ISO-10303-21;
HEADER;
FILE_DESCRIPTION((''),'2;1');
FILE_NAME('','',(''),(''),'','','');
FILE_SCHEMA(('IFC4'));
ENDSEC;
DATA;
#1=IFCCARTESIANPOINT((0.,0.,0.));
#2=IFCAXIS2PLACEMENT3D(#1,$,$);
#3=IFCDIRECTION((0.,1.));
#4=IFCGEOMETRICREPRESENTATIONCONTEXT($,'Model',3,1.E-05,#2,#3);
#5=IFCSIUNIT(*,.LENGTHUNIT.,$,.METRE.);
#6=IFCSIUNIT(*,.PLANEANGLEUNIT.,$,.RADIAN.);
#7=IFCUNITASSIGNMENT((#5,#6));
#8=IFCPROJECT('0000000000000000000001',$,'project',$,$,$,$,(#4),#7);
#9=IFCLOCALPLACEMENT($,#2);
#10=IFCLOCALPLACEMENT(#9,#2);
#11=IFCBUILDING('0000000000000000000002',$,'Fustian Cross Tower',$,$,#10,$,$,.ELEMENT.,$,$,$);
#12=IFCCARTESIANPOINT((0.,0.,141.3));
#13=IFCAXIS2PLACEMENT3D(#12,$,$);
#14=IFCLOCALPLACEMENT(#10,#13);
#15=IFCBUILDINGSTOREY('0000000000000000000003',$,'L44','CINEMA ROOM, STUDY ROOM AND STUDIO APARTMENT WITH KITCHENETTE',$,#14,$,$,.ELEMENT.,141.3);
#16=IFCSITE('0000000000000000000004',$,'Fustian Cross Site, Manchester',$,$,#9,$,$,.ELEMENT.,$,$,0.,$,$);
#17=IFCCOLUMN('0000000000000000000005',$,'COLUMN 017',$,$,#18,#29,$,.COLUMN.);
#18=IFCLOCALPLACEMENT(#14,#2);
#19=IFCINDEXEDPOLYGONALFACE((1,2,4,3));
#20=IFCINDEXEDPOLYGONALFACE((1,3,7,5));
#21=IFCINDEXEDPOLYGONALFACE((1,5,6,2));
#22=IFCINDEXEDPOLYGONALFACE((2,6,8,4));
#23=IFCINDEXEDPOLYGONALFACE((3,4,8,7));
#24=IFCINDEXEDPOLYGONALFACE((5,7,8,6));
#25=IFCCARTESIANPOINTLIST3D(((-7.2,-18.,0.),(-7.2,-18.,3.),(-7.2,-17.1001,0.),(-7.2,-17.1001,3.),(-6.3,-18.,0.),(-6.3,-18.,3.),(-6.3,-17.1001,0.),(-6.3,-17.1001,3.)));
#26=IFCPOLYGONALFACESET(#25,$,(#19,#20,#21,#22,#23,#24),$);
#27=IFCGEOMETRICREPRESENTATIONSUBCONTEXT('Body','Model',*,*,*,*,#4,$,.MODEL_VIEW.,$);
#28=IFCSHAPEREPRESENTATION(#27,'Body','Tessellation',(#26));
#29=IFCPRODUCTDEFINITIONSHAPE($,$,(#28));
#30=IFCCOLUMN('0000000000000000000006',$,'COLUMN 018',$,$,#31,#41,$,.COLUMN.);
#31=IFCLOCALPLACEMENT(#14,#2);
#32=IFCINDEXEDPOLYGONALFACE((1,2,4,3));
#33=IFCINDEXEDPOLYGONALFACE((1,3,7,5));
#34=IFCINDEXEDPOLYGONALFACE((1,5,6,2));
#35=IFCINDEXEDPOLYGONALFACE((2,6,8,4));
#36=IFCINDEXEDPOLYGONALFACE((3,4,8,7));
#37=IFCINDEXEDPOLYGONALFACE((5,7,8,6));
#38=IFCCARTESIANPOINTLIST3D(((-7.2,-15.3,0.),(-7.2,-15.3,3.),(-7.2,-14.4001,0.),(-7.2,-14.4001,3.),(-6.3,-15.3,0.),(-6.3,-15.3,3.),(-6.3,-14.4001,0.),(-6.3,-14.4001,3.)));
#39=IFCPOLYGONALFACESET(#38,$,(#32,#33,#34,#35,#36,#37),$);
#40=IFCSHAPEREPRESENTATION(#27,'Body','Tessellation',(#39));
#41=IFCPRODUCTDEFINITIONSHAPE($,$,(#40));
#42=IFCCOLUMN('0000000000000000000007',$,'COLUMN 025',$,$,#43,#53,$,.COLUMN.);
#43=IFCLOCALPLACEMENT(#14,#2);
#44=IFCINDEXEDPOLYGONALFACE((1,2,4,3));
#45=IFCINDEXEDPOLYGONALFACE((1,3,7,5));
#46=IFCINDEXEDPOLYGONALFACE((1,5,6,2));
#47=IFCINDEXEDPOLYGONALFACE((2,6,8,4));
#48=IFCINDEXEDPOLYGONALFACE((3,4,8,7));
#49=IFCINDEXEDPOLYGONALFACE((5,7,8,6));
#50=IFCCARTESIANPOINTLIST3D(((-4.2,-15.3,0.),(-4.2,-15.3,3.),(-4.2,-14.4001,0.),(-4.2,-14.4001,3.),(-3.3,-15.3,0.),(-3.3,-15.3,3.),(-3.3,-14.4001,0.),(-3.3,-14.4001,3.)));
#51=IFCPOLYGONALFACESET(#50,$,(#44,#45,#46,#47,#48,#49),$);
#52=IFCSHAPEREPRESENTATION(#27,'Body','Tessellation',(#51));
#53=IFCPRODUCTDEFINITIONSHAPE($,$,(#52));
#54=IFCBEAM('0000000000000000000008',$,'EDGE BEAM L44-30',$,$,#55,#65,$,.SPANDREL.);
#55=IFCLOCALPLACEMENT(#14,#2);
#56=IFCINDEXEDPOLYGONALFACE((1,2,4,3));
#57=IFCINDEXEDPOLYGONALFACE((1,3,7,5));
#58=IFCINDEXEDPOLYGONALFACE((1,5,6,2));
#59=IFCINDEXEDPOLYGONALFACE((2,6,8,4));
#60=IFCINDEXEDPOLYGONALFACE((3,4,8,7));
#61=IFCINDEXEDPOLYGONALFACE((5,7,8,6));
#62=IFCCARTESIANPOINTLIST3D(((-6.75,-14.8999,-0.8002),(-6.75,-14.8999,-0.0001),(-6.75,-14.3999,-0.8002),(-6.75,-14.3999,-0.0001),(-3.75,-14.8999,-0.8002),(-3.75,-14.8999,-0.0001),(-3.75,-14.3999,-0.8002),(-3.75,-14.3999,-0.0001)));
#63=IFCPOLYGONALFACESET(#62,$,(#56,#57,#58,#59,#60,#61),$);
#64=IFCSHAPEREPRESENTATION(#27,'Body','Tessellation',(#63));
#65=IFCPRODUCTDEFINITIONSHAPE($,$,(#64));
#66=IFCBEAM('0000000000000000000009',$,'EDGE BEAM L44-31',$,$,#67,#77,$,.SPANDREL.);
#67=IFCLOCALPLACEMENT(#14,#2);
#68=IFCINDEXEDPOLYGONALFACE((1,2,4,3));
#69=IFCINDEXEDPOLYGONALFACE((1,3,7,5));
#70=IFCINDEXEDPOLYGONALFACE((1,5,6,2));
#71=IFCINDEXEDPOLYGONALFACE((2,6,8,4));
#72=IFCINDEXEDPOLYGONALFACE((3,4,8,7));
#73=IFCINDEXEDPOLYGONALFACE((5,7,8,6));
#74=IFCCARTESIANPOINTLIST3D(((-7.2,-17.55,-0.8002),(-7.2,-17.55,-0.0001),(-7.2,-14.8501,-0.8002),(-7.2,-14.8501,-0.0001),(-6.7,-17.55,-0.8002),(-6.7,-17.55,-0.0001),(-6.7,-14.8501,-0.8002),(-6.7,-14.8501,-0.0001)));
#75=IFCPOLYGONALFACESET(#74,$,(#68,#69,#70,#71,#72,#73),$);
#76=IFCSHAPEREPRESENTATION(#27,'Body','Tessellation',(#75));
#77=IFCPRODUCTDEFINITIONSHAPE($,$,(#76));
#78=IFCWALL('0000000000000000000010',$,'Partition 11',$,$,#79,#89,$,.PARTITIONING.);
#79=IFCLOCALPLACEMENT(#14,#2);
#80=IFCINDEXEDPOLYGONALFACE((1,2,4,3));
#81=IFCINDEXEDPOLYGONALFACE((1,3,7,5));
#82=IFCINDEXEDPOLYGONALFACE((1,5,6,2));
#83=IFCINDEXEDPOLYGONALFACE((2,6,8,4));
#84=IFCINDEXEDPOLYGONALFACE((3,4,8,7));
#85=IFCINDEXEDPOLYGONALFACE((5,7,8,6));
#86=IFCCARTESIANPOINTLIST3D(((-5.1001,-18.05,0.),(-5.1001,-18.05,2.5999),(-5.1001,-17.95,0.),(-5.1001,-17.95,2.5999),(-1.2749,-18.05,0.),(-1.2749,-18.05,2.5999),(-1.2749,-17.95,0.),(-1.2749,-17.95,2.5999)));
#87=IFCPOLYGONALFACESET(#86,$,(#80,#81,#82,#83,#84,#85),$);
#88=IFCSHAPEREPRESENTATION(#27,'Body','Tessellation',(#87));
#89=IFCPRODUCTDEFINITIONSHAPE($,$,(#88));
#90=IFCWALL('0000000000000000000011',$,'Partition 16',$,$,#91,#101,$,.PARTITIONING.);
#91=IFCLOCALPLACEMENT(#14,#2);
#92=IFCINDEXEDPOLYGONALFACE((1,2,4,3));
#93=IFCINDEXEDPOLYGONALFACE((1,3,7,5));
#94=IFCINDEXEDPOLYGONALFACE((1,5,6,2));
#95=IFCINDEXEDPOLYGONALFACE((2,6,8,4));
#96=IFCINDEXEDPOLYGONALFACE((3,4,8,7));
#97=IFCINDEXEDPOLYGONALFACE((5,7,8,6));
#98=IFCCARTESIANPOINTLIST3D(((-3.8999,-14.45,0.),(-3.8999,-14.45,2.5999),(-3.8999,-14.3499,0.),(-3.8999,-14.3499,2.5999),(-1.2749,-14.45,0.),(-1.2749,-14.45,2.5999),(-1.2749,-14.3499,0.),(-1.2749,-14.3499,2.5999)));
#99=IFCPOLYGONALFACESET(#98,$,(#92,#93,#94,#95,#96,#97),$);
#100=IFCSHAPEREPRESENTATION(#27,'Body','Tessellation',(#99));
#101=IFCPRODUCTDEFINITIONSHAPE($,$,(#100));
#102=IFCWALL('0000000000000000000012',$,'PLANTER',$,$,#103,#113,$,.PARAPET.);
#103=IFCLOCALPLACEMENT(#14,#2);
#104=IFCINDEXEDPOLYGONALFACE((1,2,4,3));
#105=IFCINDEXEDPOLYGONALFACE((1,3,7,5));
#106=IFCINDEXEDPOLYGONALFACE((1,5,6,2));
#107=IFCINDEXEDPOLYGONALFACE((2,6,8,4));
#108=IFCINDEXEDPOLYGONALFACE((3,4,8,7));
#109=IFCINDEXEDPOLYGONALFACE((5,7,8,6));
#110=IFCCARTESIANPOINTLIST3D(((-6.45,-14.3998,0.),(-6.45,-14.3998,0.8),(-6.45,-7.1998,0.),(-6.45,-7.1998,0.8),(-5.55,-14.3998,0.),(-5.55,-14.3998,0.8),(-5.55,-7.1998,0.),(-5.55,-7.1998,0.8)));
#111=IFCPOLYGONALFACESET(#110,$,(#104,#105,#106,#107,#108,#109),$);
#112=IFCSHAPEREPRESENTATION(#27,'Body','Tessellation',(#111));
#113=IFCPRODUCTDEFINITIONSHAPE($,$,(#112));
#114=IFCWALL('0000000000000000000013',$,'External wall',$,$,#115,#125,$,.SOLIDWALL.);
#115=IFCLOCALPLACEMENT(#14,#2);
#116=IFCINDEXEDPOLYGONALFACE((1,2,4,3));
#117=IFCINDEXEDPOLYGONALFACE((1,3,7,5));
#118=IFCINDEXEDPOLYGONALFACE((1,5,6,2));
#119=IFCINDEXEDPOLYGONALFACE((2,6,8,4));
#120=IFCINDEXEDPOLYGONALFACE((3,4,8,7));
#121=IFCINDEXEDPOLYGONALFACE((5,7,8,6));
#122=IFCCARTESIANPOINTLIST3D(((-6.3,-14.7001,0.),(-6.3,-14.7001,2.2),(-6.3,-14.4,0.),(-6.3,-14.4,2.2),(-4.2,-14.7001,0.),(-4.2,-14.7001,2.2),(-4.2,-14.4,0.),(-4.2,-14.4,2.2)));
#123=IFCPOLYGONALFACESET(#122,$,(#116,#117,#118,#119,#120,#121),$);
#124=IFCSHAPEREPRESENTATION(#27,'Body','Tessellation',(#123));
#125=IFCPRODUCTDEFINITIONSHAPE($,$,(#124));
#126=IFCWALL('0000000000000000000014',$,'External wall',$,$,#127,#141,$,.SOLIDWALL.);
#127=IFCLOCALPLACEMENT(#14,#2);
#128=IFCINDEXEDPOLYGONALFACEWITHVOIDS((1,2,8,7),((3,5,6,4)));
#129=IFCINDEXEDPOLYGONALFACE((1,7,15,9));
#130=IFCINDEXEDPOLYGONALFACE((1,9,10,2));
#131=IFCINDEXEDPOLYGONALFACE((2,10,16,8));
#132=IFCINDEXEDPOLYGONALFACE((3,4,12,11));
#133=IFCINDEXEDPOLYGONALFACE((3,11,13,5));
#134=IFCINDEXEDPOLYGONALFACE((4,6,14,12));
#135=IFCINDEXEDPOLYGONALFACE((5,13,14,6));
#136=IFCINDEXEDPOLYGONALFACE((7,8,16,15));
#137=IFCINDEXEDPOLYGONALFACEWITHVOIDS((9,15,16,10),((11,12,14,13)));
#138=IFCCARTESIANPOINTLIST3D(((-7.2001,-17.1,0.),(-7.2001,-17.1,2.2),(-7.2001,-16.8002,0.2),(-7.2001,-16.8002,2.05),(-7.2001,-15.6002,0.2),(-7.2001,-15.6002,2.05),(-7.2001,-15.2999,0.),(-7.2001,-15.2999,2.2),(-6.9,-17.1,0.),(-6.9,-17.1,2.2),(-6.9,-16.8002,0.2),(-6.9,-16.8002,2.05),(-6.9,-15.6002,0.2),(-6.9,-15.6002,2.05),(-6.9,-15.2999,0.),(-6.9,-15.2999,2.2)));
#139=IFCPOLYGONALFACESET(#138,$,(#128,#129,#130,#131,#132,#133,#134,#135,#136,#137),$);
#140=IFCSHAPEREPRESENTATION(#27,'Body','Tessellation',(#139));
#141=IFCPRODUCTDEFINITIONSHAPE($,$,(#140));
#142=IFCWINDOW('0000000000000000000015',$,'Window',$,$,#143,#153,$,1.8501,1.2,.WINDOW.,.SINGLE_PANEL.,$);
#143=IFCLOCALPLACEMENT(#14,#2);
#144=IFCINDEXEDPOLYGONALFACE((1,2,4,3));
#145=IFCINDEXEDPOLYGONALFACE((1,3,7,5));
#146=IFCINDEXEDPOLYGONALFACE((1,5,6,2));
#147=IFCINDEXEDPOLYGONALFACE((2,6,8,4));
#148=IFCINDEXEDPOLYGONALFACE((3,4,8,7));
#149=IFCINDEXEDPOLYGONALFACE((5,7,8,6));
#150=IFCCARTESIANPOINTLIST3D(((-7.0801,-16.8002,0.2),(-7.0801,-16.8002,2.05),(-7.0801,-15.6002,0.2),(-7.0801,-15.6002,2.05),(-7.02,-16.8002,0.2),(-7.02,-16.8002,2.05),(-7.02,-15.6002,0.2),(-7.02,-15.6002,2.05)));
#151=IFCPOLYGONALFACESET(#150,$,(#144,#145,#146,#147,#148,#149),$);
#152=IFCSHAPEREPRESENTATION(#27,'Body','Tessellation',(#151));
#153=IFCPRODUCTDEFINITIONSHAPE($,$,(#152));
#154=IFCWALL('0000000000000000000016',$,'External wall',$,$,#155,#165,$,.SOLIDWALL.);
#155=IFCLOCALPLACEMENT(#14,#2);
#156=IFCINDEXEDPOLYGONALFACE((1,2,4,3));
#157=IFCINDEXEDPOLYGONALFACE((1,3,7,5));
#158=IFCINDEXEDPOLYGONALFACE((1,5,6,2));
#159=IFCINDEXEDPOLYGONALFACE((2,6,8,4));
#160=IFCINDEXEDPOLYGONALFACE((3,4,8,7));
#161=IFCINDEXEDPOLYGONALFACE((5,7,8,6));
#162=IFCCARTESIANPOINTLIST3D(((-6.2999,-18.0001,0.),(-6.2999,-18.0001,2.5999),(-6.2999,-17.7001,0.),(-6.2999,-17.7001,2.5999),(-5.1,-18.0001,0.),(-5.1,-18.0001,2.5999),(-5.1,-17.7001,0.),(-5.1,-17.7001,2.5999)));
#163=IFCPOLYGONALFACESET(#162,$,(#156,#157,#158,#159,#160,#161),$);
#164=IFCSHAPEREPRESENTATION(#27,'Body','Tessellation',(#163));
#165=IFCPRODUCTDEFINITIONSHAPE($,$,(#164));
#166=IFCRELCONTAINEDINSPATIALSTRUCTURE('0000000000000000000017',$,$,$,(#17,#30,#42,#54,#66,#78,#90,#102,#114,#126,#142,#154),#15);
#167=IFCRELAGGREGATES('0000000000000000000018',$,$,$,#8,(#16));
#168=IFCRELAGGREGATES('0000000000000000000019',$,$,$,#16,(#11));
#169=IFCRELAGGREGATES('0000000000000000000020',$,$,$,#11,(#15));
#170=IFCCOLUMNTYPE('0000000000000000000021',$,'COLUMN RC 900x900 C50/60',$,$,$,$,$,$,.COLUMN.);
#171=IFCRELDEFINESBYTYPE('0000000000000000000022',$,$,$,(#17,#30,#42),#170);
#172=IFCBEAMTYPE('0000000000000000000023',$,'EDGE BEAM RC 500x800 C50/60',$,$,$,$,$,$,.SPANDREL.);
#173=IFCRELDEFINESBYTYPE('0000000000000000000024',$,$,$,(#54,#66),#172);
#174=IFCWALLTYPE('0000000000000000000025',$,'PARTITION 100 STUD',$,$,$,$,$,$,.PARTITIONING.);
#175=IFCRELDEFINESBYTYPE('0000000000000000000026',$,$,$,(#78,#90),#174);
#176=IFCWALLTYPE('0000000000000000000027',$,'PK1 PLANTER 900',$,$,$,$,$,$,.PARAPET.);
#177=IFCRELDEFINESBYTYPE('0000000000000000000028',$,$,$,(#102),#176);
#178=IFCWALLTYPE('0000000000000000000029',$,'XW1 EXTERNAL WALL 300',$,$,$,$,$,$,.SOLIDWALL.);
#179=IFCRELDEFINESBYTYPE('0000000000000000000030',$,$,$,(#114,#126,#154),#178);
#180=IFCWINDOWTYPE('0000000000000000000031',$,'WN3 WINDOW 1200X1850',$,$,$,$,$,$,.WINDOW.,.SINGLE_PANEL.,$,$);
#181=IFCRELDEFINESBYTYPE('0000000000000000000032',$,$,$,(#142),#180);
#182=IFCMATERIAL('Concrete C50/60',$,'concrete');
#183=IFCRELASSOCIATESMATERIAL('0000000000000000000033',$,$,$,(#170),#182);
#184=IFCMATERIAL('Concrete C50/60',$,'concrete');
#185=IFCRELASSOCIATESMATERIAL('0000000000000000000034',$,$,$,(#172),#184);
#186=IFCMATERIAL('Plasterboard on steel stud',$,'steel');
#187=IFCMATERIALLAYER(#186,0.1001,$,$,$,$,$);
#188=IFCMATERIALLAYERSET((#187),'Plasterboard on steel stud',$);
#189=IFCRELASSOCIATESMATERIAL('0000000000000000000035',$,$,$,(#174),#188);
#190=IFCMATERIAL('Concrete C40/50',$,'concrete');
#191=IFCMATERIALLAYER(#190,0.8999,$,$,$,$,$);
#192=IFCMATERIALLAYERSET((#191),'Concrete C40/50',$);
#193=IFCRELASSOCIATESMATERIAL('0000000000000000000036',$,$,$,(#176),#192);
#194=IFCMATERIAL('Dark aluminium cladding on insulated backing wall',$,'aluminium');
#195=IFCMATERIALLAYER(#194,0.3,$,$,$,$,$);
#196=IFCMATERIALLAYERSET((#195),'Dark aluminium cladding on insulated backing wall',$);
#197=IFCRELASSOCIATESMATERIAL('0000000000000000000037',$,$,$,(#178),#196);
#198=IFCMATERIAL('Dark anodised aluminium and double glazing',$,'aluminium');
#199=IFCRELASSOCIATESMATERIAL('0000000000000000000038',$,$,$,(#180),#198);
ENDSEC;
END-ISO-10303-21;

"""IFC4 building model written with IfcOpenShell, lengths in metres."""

from ifc_helpers import new_model, si_unit, direction, frame, frame_2d, origin, origin_2d, place, context, subcontext, project, spatial, rectangle, extrude, material, layer, layer_set, material_profile, profile_set, type_object, element, fill, save


model = new_model("IFC4")

# Units and contexts
model_context = context("Model", 3, precision=1e-05, world=origin(), true_north=direction((0.0, 1.0)))
body_context = subcontext(model_context, "Body", "Model", "MODEL_VIEW")
ifc_project = project(units=[si_unit("LENGTHUNIT", "METRE"), si_unit("PLANEANGLEUNIT", "RADIAN")], contexts=[model_context])

# Site, building, storey
site_placement = place(None, origin())
site = spatial("IfcSite", under=ifc_project, at=site_placement, Name="Fustian Cross Site, Manchester", CompositionType="ELEMENT", RefElevation=0.0)
building_placement = place(site_placement, origin())
building = spatial("IfcBuilding", under=site, at=building_placement, Name="Fustian Cross Tower", CompositionType="ELEMENT")
storey_placement = place(building_placement, frame((0.0, 0.0, 141.3)))
storey = spatial("IfcBuildingStorey", under=building, at=storey_placement, Name="L44", Description="CINEMA ROOM, STUDY ROOM AND STUDIO APARTMENT WITH KITCHENETTE", CompositionType="ELEMENT", Elevation=141.3)

# Columns
ifc_material_1 = material(Name="Concrete C50/60", Category="concrete")
ifc_material_profile_1 = material_profile(ifc_material_1, rectangle(XDim=0.8999, YDim=0.8999, at=origin_2d()), Name="RC 900x900")
ifc_profile_set_1 = profile_set([ifc_material_profile_1], Name="Concrete C50/60")
column_type = type_object("IfcColumnType", Name="COLUMN RC 900x900 C50/60", PredefinedType="COLUMN", material=ifc_profile_set_1)
for number, where, z_axis, x_axis, name in (
    (1, (-6.75, -17.55, 0.0), (0.0, 0.0, 1.0), (1.0, 0.0, 0.0), "COLUMN 017"),
    (2, (-6.75, -14.8501, 0.0), (0.0, 0.0, 1.0), (1.0, 0.0, 0.0), "COLUMN 018"),
    (3, (-3.75, -14.8501, 0.0), (0.0, 0.0, 1.0), (1.0, 0.0, 0.0), "COLUMN 025"),
):
    element("IfcColumn", number, at=place(storey_placement, frame(where, z_axis=z_axis, x_axis=x_axis)), inside=storey, type_object=column_type, Name=name, PredefinedType="COLUMN", context=body_context, shape_type="SweptSolid", body=[
        extrude(rectangle(XDim=0.8999, YDim=0.8999, at=origin_2d()), origin(), (0.0, 0.0, 1.0), 3.0),
    ])

# Beams
ifc_material_2 = material(Name="Concrete C50/60", Category="concrete")
ifc_material_profile_2 = material_profile(ifc_material_2, rectangle(XDim=0.5, YDim=0.8, at=origin_2d()), Name="RC 500x800")
ifc_profile_set_2 = profile_set([ifc_material_profile_2], Name="Concrete C50/60")
beam_type = type_object("IfcBeamType", Name="EDGE BEAM RC 500x800 C50/60", PredefinedType="SPANDREL", material=ifc_profile_set_2)
beam_1_placement = place(storey_placement, frame((-3.75, -14.6499, -0.4001), z_axis=(-1.0, 0.0, 0.0), x_axis=(0.0, -1.0, 0.0)))
element("IfcBeam", 4, at=beam_1_placement, inside=storey, type_object=beam_type, Name="EDGE BEAM L44-30", PredefinedType="SPANDREL", context=body_context, shape_type="SweptSolid", body=[
    extrude(rectangle(XDim=0.5, YDim=0.8, at=origin_2d()), origin(), (0.0, 0.0, 1.0), 3.0),
])
beam_2_placement = place(storey_placement, frame((-6.95, -14.8501, -0.4001), z_axis=(0.0, -1.0, 0.0), x_axis=(1.0, 0.0, 0.0)))
element("IfcBeam", 5, at=beam_2_placement, inside=storey, type_object=beam_type, Name="EDGE BEAM L44-31", PredefinedType="SPANDREL", context=body_context, shape_type="SweptSolid", body=[
    extrude(rectangle(XDim=0.5, YDim=0.8, at=origin_2d()), origin(), (0.0, 0.0, 1.0), 2.7),
])

# Walls
ifc_material_3 = material(Name="Plasterboard on steel stud", Category="steel")
ifc_layer_1 = layer(ifc_material_3, 0.1001)
ifc_layer_set_1 = layer_set([ifc_layer_1], Name="Plasterboard on steel stud")
wall_type_1 = type_object("IfcWallType", Name="PARTITION 100 STUD", PredefinedType="PARTITIONING", material=ifc_layer_set_1)
wall_1_placement = place(storey_placement, frame((-5.1001, -18.0, 0.0), z_axis=(0.0, 0.0, 1.0), x_axis=(1.0, 0.0, 0.0)))
element("IfcWall", 6, at=wall_1_placement, inside=storey, type_object=wall_type_1, Name="Partition 11", PredefinedType="PARTITIONING", context=body_context, shape_type="SweptSolid", body=[
    extrude(rectangle(XDim=3.8252, YDim=0.1001, at=frame_2d((1.9126, 0.0))), origin(), (0.0, 0.0, 1.0), 2.5999),
])
wall_2_placement = place(storey_placement, frame((-3.8999, -14.3999, 0.0), z_axis=(0.0, 0.0, 1.0), x_axis=(1.0, 0.0, 0.0)))
element("IfcWall", 7, at=wall_2_placement, inside=storey, type_object=wall_type_1, Name="Partition 16", PredefinedType="PARTITIONING", context=body_context, shape_type="SweptSolid", body=[
    extrude(rectangle(XDim=2.625, YDim=0.1001, at=frame_2d((1.3125, 0.0))), origin(), (0.0, 0.0, 1.0), 2.5999),
])
ifc_material_4 = material(Name="Concrete C40/50", Category="concrete")
ifc_layer_2 = layer(ifc_material_4, 0.8999)
ifc_layer_set_2 = layer_set([ifc_layer_2], Name="Concrete C40/50")
wall_type_2 = type_object("IfcWallType", Name="PK1 PLANTER 900", PredefinedType="PARAPET", material=ifc_layer_set_2)
wall_3_placement = place(storey_placement, frame((-6.0, -14.3999, 0.0), z_axis=(0.0, 0.0, 1.0), x_axis=(0.0, 1.0, 0.0)))
element("IfcWall", 8, at=wall_3_placement, inside=storey, type_object=wall_type_2, Name="PLANTER", PredefinedType="PARAPET", context=body_context, shape_type="SweptSolid", body=[
    extrude(rectangle(XDim=7.2, YDim=0.8999, at=frame_2d((3.6001, 0.0))), origin(), (0.0, 0.0, 1.0), 0.8),
])
ifc_material_5 = material(Name="Dark aluminium cladding on insulated backing wall", Category="aluminium")
ifc_layer_3 = layer(ifc_material_5, 0.3)
ifc_layer_set_3 = layer_set([ifc_layer_3], Name="Dark aluminium cladding on insulated backing wall")
wall_type_3 = type_object("IfcWallType", Name="XW1 EXTERNAL WALL 300", PredefinedType="SOLIDWALL", material=ifc_layer_set_3)
wall_4_placement = place(storey_placement, frame((-4.2, -14.55, 0.0), z_axis=(0.0, 0.0, 1.0), x_axis=(-1.0, 0.0, 0.0)))
element("IfcWall", 9, at=wall_4_placement, inside=storey, type_object=wall_type_3, Name="External wall", PredefinedType="SOLIDWALL", context=body_context, shape_type="SweptSolid", body=[
    extrude(rectangle(XDim=2.1001, YDim=0.3, at=frame_2d((1.05, 0.0))), origin(), (0.0, 0.0, 1.0), 2.2),
])

# Wall, opening, window
wall_5_placement = place(storey_placement, frame((-7.05, -15.3, 0.0), z_axis=(0.0, 0.0, 1.0), x_axis=(0.0, -1.0, 0.0)))
wall_5 = element("IfcWall", 10, at=wall_5_placement, inside=storey, type_object=wall_type_3, Name="External wall", PredefinedType="SOLIDWALL", context=body_context, shape_type="SweptSolid", body=[
    extrude(rectangle(XDim=1.8, YDim=0.3, at=frame_2d((0.8999, 0.0))), origin(), (0.0, 0.0, 1.0), 2.2),
])
opening_1_placement = place(wall_5_placement, frame((0.3, 0.0, 0.2)))
opening_1 = element("IfcOpeningElement", 11, at=opening_1_placement, cuts=wall_5, PredefinedType="OPENING", context=body_context, shape_type="SweptSolid", body=[
    extrude(rectangle(XDim=1.2, YDim=1.8501, at=frame_2d((0.6001, 0.925))), frame((0.0, 0.1599, 0.0), z_axis=(0.0, -1.0, 0.0), x_axis=(1.0, 0.0, 0.0)), (0.0, 0.0, 1.0), 0.3201),
])
ifc_material_6 = material(Name="Dark anodised aluminium and double glazing", Category="aluminium")
window_type = type_object("IfcWindowType", Name="WN3 WINDOW 1200X1850", PartitioningType="SINGLE_PANEL", PredefinedType="WINDOW", material=ifc_material_6)
window_1_placement = place(opening_1_placement, origin())
window_1 = element("IfcWindow", 12, at=window_1_placement, inside=storey, type_object=window_type, Name="Window", OverallHeight=1.8501, OverallWidth=1.2, PartitioningType="SINGLE_PANEL", PredefinedType="WINDOW", context=body_context, shape_type="SweptSolid", body=[
    extrude(rectangle(XDim=1.2, YDim=1.8501, at=frame_2d((0.6001, 0.925))), frame((0.0, 0.03, 0.0), z_axis=(0.0, -1.0, 0.0), x_axis=(1.0, 0.0, 0.0)), (0.0, 0.0, 1.0), 0.0601),
])
fill(opening_1, window_1)

# Wall
wall_6_placement = place(storey_placement, frame((-6.3, -17.8501, 0.0), z_axis=(0.0, 0.0, 1.0), x_axis=(1.0, 0.0, 0.0)))
element("IfcWall", 13, at=wall_6_placement, inside=storey, type_object=wall_type_3, Name="External wall", PredefinedType="SOLIDWALL", context=body_context, shape_type="SweptSolid", body=[
    extrude(rectangle(XDim=1.2, YDim=0.3, at=frame_2d((0.6001, 0.0))), origin(), (0.0, 0.0, 1.0), 2.5999),
])

save(model, "model.ifc")
